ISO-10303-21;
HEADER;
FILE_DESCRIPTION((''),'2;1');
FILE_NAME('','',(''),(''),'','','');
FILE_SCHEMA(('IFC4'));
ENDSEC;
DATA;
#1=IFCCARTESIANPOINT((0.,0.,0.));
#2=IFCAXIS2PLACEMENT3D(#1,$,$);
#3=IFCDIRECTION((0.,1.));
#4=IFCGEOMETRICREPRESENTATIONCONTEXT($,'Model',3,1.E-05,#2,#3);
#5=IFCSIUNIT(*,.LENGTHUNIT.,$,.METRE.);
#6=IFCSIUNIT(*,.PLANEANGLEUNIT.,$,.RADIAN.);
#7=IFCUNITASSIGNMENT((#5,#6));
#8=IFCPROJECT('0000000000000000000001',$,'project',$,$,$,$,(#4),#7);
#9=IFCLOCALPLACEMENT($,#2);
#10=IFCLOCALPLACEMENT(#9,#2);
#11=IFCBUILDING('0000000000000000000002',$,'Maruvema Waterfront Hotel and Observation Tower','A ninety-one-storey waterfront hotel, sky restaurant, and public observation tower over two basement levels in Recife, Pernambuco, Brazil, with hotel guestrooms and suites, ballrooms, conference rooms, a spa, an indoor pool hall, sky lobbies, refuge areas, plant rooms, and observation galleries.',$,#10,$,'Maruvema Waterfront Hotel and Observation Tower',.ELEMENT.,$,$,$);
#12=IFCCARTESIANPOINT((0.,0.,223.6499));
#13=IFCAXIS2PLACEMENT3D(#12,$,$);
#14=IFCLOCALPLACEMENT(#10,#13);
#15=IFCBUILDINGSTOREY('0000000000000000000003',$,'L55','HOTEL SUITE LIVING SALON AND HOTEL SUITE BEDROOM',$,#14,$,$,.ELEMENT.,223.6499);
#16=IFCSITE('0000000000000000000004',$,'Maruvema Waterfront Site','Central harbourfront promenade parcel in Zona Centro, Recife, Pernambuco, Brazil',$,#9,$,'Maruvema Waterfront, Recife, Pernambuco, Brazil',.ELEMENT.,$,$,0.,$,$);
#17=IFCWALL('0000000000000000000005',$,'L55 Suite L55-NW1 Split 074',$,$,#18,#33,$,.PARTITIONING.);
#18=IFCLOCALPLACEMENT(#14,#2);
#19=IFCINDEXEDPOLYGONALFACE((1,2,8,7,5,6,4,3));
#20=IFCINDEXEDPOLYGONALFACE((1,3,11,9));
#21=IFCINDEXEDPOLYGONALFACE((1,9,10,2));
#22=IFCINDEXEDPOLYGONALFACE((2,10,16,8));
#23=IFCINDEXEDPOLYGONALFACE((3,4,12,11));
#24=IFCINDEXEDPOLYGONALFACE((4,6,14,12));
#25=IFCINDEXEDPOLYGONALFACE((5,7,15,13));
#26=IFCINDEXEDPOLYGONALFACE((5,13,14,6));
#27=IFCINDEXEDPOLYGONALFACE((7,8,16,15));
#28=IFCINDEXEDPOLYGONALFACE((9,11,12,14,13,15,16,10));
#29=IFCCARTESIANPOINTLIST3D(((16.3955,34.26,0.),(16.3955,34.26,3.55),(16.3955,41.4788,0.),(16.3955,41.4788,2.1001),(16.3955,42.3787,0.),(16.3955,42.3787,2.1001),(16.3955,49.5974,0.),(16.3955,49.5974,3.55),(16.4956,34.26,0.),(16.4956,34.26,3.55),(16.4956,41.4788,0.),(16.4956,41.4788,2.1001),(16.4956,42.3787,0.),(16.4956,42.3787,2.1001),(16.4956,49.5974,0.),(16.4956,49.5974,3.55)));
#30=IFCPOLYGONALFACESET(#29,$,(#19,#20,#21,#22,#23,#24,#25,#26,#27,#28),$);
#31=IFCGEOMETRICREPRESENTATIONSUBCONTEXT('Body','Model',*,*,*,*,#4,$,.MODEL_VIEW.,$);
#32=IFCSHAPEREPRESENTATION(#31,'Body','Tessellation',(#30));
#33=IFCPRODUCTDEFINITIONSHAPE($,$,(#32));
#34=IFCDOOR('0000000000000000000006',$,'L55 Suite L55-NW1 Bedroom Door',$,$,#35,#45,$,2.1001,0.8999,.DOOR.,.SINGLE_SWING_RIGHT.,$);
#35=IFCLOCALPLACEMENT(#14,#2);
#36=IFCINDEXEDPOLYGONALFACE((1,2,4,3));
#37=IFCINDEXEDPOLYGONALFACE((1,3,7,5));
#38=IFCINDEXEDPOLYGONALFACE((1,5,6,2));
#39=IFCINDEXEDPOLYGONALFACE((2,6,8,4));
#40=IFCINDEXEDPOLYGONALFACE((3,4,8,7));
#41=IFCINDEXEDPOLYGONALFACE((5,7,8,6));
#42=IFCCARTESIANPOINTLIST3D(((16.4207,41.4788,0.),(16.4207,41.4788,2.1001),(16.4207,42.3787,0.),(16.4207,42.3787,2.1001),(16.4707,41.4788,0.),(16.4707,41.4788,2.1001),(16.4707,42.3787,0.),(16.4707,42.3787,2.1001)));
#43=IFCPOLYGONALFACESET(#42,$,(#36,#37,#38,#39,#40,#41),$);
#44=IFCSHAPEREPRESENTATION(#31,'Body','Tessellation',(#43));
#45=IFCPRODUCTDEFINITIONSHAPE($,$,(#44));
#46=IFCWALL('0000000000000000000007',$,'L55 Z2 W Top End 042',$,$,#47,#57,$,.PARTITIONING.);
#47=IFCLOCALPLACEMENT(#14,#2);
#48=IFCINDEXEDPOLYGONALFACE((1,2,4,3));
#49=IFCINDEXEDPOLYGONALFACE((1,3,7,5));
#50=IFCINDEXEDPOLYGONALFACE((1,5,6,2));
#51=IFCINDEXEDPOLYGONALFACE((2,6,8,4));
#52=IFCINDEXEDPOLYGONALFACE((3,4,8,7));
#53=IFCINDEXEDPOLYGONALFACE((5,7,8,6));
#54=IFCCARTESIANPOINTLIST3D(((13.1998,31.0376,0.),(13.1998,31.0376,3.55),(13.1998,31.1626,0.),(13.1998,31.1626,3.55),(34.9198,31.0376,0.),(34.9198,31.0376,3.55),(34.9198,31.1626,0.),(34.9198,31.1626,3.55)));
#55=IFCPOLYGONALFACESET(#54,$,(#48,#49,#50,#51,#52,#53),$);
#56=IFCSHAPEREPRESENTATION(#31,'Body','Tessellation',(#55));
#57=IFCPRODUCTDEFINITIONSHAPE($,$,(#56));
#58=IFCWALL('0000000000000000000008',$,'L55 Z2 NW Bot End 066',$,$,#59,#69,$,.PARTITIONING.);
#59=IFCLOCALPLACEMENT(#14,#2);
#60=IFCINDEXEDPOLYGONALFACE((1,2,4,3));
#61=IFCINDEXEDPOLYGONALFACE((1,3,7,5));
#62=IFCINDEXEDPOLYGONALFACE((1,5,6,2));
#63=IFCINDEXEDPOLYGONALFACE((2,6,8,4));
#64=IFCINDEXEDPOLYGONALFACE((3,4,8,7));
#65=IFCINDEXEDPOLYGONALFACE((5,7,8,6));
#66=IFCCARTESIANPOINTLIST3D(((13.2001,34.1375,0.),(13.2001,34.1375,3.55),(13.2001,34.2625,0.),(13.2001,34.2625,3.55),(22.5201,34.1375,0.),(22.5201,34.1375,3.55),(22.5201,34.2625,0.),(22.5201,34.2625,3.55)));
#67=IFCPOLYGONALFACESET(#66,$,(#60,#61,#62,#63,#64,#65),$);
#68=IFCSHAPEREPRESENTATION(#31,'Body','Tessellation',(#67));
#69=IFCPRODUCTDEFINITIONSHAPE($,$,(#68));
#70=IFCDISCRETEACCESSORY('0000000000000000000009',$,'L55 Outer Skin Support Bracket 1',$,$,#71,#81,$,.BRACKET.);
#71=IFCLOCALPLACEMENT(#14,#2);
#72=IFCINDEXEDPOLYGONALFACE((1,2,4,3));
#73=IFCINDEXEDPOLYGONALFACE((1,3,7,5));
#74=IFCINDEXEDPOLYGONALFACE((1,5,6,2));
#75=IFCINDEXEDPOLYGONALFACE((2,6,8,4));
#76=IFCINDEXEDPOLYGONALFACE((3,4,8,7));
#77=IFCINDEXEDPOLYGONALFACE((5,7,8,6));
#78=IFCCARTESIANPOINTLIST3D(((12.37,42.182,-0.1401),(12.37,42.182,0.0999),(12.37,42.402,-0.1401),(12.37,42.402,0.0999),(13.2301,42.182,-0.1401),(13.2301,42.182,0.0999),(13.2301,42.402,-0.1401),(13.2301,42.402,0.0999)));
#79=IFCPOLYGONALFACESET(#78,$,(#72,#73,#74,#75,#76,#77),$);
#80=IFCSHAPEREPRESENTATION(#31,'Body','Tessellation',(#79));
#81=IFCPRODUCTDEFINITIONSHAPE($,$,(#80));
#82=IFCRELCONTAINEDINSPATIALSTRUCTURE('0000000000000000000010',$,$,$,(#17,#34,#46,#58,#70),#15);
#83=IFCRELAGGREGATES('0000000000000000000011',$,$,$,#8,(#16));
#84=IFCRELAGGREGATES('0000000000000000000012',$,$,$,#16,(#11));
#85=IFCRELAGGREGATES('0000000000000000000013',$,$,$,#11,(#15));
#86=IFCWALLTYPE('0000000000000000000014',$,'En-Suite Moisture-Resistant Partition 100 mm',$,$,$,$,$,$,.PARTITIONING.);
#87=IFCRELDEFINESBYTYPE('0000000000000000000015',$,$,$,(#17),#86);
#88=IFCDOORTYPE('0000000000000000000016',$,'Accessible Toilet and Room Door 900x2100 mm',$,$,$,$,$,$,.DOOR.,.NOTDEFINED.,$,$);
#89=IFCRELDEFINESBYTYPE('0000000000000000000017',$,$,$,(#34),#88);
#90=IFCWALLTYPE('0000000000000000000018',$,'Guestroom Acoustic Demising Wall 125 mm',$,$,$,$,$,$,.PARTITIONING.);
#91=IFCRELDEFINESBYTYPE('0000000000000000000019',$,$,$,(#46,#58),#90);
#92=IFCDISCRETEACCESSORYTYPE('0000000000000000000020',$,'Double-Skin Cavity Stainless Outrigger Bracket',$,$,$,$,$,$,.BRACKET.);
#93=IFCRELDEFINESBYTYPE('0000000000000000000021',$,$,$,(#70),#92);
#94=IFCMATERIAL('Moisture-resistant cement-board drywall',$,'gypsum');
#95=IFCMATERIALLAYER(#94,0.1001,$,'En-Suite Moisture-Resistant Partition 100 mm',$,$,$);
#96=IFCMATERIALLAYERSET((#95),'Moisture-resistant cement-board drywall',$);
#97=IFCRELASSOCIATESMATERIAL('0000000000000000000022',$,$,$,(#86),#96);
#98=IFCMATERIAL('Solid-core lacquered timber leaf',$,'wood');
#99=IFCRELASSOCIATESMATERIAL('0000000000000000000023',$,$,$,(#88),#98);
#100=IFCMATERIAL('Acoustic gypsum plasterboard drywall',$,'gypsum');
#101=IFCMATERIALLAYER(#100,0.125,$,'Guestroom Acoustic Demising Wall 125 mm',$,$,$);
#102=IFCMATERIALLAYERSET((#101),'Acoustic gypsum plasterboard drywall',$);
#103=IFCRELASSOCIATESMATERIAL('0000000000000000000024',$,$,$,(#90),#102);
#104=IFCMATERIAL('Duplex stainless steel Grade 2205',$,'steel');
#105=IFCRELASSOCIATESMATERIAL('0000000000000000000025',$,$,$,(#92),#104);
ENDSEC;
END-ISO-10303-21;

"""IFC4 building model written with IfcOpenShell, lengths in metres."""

from ifc_helpers import new_model, si_unit, direction, frame, frame_2d, origin, origin_2d, place, context, subcontext, project, spatial, rectangle, extrude, material, layer, layer_set, type_object, element, fill, save


model = new_model("IFC4")

# Units and contexts
model_context = context("Model", 3, precision=1e-05, world=origin(), true_north=direction((0.0, 1.0)))
body_context = subcontext(model_context, "Body", "Model", "MODEL_VIEW")
ifc_project = project(units=[si_unit("LENGTHUNIT", "METRE"), si_unit("PLANEANGLEUNIT", "RADIAN")], contexts=[model_context])

# Site, building, storey
site_placement = place(None, origin())
site = spatial("IfcSite", under=ifc_project, at=site_placement, Name="Maruvema Waterfront Site", Description="Central harbourfront promenade parcel in Zona Centro, Recife, Pernambuco, Brazil", LongName="Maruvema Waterfront, Recife, Pernambuco, Brazil", CompositionType="ELEMENT", RefElevation=0.0)
building_placement = place(site_placement, origin())
building = spatial("IfcBuilding", under=site, at=building_placement, Name="Maruvema Waterfront Hotel and Observation Tower", Description="A ninety-one-storey waterfront hotel, sky restaurant, and public observation tower over two basement levels in Recife, Pernambuco, Brazil, with hotel guestrooms and suites, ballrooms, conference rooms, a spa, an indoor pool hall, sky lobbies, refuge areas, plant rooms, and observation galleries.", LongName="Maruvema Waterfront Hotel and Observation Tower", CompositionType="ELEMENT")
storey_placement = place(building_placement, frame((0.0, 0.0, 223.6499)))
storey = spatial("IfcBuildingStorey", under=building, at=storey_placement, Name="L55", Description="HOTEL SUITE LIVING SALON AND HOTEL SUITE BEDROOM", CompositionType="ELEMENT", Elevation=223.6499)

# Wall, opening, door
ifc_material_1 = material(Name="Moisture-resistant cement-board drywall", Category="gypsum")
ifc_layer_1 = layer(ifc_material_1, 0.1001, Name="En-Suite Moisture-Resistant Partition 100 mm")
ifc_layer_set_1 = layer_set([ifc_layer_1], Name="Moisture-resistant cement-board drywall")
wall_type_1 = type_object("IfcWallType", Name="En-Suite Moisture-Resistant Partition 100 mm", PredefinedType="PARTITIONING", material=ifc_layer_set_1)
wall_1_placement = place(storey_placement, frame((16.4456, 34.26, 0.0), z_axis=(0.0, 0.0, 1.0), x_axis=(0.0, 1.0, 0.0)))
wall_1 = element("IfcWall", 1, at=wall_1_placement, inside=storey, type_object=wall_type_1, Name="L55 Suite L55-NW1 Split 074", PredefinedType="PARTITIONING", context=body_context, shape_type="SweptSolid", body=[
    extrude(rectangle(XDim=15.3374, YDim=0.1001, at=frame_2d((7.6687, 0.0))), origin(), (0.0, 0.0, 1.0), 3.55),
])
opening_1_placement = place(wall_1_placement, frame((7.2188, 0.0, 0.0)))
opening_1 = element("IfcOpeningElement", 2, at=opening_1_placement, cuts=wall_1, PredefinedType="OPENING", context=body_context, shape_type="SweptSolid", body=[
    extrude(rectangle(XDim=0.8999, YDim=2.1001, at=frame_2d((0.45, 1.05))), frame((0.0, 0.0601, 0.0), z_axis=(0.0, -1.0, 0.0), x_axis=(1.0, 0.0, 0.0)), (0.0, 0.0, 1.0), 0.1201),
])
ifc_material_2 = material(Name="Solid-core lacquered timber leaf", Category="wood")
door_type_1 = type_object("IfcDoorType", Name="Accessible Toilet and Room Door 900x2100 mm", OperationType="NOTDEFINED", PredefinedType="DOOR", material=ifc_material_2)
door_1_placement = place(opening_1_placement, origin())
door_1 = element("IfcDoor", 3, at=door_1_placement, inside=storey, type_object=door_type_1, Name="L55 Suite L55-NW1 Bedroom Door", OperationType="SINGLE_SWING_RIGHT", OverallHeight=2.1001, OverallWidth=0.8999, PredefinedType="DOOR", context=body_context, shape_type="SweptSolid", body=[
    extrude(rectangle(XDim=0.8999, YDim=2.1001, at=frame_2d((0.45, 1.05))), frame((0.0, 0.0249, 0.0), z_axis=(0.0, -1.0, 0.0), x_axis=(1.0, 0.0, 0.0)), (0.0, 0.0, 1.0), 0.05),
])
fill(opening_1, door_1)

# Walls
ifc_material_3 = material(Name="Acoustic gypsum plasterboard drywall", Category="gypsum")
ifc_layer_2 = layer(ifc_material_3, 0.125, Name="Guestroom Acoustic Demising Wall 125 mm")
ifc_layer_set_2 = layer_set([ifc_layer_2], Name="Acoustic gypsum plasterboard drywall")
wall_type_2 = type_object("IfcWallType", Name="Guestroom Acoustic Demising Wall 125 mm", PredefinedType="PARTITIONING", material=ifc_layer_set_2)
wall_2_placement = place(storey_placement, frame((13.2, 31.1001, 0.0), z_axis=(0.0, 0.0, 1.0), x_axis=(1.0, 0.0, 0.0)))
element("IfcWall", 4, at=wall_2_placement, inside=storey, type_object=wall_type_2, Name="L55 Z2 W Top End 042", PredefinedType="PARTITIONING", context=body_context, shape_type="SweptSolid", body=[
    extrude(rectangle(XDim=21.72, YDim=0.125, at=frame_2d((10.8599, 0.0))), origin(), (0.0, 0.0, 1.0), 3.55),
])
wall_3_placement = place(storey_placement, frame((13.2, 34.2, 0.0), z_axis=(0.0, 0.0, 1.0), x_axis=(1.0, 0.0, 0.0)))
element("IfcWall", 5, at=wall_3_placement, inside=storey, type_object=wall_type_2, Name="L55 Z2 NW Bot End 066", PredefinedType="PARTITIONING", context=body_context, shape_type="SweptSolid", body=[
    extrude(rectangle(XDim=9.3201, YDim=0.125, at=frame_2d((4.6602, 0.0))), origin(), (0.0, 0.0, 1.0), 3.55),
])

# Discrete accessory
ifc_material_4 = material(Name="Duplex stainless steel Grade 2205", Category="steel")
discrete_accessory_type = type_object("IfcDiscreteAccessoryType", Name="Double-Skin Cavity Stainless Outrigger Bracket", PredefinedType="BRACKET", material=ifc_material_4)
discrete_accessory_placement = place(storey_placement, frame((12.8, 42.292, -0.1401), z_axis=(0.0, 0.0, 1.0), x_axis=(0.0, -1.0, 0.0)))
element("IfcDiscreteAccessory", 6, at=discrete_accessory_placement, inside=storey, type_object=discrete_accessory_type, Name="L55 Outer Skin Support Bracket 1", PredefinedType="BRACKET", context=body_context, shape_type="SweptSolid", body=[
    extrude(rectangle(XDim=0.22, YDim=0.8601, at=origin_2d()), origin(), (0.0, 0.0, 1.0), 0.24),
])

save(model, "model.ifc")
